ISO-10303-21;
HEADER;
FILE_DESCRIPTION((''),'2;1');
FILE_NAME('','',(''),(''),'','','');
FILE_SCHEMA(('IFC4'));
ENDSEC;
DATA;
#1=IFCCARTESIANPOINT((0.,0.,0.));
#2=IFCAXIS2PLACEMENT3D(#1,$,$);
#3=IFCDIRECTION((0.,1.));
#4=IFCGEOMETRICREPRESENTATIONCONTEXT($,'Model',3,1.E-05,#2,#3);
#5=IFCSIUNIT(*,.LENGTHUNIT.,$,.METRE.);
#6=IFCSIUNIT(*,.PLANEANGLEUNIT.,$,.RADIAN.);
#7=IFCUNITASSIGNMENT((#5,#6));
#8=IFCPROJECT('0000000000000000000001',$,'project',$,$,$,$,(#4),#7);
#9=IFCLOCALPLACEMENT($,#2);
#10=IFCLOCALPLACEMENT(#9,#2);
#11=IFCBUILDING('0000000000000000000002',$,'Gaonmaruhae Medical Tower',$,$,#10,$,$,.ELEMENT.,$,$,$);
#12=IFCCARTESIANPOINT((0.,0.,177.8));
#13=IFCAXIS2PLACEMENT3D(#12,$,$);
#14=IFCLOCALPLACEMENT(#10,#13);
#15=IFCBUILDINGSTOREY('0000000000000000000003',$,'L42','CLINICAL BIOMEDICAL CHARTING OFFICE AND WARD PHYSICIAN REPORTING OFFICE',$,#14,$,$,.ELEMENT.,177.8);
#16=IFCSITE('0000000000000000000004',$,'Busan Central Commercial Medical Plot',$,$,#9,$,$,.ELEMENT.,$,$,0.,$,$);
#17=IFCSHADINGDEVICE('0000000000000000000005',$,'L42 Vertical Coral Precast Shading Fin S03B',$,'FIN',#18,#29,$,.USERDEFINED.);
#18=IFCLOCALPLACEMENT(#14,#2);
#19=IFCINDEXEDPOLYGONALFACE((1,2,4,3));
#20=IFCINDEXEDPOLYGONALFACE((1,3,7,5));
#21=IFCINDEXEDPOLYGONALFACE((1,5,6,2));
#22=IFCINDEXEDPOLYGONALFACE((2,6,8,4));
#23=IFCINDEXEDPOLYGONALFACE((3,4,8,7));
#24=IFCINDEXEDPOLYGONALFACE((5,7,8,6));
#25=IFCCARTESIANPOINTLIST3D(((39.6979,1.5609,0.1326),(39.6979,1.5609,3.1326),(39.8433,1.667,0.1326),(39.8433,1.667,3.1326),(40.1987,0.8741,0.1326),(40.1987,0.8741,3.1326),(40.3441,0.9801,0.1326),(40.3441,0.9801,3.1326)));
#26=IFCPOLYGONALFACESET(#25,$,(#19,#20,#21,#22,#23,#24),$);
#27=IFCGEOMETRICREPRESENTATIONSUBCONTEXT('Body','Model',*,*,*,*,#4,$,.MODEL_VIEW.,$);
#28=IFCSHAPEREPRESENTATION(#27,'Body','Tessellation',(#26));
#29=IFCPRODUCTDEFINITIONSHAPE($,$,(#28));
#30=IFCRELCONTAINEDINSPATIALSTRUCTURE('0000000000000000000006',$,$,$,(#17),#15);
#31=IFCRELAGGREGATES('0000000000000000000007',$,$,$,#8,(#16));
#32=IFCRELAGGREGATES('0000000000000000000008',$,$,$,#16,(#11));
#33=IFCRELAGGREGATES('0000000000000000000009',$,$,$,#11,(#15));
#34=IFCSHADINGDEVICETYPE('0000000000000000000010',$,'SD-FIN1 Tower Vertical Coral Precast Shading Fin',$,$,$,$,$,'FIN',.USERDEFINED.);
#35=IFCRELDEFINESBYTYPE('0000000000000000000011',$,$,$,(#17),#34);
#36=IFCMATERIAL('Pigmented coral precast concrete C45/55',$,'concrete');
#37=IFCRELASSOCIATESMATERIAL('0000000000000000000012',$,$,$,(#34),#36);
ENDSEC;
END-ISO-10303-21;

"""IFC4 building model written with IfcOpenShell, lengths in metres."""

from ifc_helpers import new_model, si_unit, direction, frame, origin, origin_2d, place, context, subcontext, project, spatial, rectangle, extrude, material, type_object, element, save


model = new_model("IFC4")

# Units and contexts
model_context = context("Model", 3, precision=1e-05, world=origin(), true_north=direction((0.0, 1.0)))
body_context = subcontext(model_context, "Body", "Model", "MODEL_VIEW")
ifc_project = project(units=[si_unit("LENGTHUNIT", "METRE"), si_unit("PLANEANGLEUNIT", "RADIAN")], contexts=[model_context])

# Site, building, storey
site_placement = place(None, origin())
site = spatial("IfcSite", under=ifc_project, at=site_placement, Name="Busan Central Commercial Medical Plot", CompositionType="ELEMENT", RefElevation=0.0)
building_placement = place(site_placement, origin())
building = spatial("IfcBuilding", under=site, at=building_placement, Name="Gaonmaruhae Medical Tower", CompositionType="ELEMENT")
storey_placement = place(building_placement, frame((0.0, 0.0, 177.8)))
storey = spatial("IfcBuildingStorey", under=building, at=storey_placement, Name="L42", Description="CLINICAL BIOMEDICAL CHARTING OFFICE AND WARD PHYSICIAN REPORTING OFFICE", CompositionType="ELEMENT", Elevation=177.8)

# Shading device
ifc_material_1 = material(Name="Pigmented coral precast concrete C45/55", Category="concrete")
shading_device_type = type_object("IfcShadingDeviceType", Name="SD-FIN1 Tower Vertical Coral Precast Shading Fin", ElementType="FIN", PredefinedType="USERDEFINED", material=ifc_material_1)
shading_device_placement = place(storey_placement, frame((40.021, 1.2705, 0.1326), z_axis=(0.0, 0.0, 1.0), x_axis=(-0.80799, -0.589196, 0.0)))
element("IfcShadingDevice", 1, at=shading_device_placement, inside=storey, type_object=shading_device_type, Name="L42 Vertical Coral Precast Shading Fin S03B", ObjectType="FIN", PredefinedType="USERDEFINED", context=body_context, shape_type="SweptSolid", body=[
    extrude(rectangle(XDim=0.1799, YDim=0.8501, at=origin_2d()), origin(), (0.0, 0.0, 1.0), 3.0),
])

save(model, "model.ifc")
